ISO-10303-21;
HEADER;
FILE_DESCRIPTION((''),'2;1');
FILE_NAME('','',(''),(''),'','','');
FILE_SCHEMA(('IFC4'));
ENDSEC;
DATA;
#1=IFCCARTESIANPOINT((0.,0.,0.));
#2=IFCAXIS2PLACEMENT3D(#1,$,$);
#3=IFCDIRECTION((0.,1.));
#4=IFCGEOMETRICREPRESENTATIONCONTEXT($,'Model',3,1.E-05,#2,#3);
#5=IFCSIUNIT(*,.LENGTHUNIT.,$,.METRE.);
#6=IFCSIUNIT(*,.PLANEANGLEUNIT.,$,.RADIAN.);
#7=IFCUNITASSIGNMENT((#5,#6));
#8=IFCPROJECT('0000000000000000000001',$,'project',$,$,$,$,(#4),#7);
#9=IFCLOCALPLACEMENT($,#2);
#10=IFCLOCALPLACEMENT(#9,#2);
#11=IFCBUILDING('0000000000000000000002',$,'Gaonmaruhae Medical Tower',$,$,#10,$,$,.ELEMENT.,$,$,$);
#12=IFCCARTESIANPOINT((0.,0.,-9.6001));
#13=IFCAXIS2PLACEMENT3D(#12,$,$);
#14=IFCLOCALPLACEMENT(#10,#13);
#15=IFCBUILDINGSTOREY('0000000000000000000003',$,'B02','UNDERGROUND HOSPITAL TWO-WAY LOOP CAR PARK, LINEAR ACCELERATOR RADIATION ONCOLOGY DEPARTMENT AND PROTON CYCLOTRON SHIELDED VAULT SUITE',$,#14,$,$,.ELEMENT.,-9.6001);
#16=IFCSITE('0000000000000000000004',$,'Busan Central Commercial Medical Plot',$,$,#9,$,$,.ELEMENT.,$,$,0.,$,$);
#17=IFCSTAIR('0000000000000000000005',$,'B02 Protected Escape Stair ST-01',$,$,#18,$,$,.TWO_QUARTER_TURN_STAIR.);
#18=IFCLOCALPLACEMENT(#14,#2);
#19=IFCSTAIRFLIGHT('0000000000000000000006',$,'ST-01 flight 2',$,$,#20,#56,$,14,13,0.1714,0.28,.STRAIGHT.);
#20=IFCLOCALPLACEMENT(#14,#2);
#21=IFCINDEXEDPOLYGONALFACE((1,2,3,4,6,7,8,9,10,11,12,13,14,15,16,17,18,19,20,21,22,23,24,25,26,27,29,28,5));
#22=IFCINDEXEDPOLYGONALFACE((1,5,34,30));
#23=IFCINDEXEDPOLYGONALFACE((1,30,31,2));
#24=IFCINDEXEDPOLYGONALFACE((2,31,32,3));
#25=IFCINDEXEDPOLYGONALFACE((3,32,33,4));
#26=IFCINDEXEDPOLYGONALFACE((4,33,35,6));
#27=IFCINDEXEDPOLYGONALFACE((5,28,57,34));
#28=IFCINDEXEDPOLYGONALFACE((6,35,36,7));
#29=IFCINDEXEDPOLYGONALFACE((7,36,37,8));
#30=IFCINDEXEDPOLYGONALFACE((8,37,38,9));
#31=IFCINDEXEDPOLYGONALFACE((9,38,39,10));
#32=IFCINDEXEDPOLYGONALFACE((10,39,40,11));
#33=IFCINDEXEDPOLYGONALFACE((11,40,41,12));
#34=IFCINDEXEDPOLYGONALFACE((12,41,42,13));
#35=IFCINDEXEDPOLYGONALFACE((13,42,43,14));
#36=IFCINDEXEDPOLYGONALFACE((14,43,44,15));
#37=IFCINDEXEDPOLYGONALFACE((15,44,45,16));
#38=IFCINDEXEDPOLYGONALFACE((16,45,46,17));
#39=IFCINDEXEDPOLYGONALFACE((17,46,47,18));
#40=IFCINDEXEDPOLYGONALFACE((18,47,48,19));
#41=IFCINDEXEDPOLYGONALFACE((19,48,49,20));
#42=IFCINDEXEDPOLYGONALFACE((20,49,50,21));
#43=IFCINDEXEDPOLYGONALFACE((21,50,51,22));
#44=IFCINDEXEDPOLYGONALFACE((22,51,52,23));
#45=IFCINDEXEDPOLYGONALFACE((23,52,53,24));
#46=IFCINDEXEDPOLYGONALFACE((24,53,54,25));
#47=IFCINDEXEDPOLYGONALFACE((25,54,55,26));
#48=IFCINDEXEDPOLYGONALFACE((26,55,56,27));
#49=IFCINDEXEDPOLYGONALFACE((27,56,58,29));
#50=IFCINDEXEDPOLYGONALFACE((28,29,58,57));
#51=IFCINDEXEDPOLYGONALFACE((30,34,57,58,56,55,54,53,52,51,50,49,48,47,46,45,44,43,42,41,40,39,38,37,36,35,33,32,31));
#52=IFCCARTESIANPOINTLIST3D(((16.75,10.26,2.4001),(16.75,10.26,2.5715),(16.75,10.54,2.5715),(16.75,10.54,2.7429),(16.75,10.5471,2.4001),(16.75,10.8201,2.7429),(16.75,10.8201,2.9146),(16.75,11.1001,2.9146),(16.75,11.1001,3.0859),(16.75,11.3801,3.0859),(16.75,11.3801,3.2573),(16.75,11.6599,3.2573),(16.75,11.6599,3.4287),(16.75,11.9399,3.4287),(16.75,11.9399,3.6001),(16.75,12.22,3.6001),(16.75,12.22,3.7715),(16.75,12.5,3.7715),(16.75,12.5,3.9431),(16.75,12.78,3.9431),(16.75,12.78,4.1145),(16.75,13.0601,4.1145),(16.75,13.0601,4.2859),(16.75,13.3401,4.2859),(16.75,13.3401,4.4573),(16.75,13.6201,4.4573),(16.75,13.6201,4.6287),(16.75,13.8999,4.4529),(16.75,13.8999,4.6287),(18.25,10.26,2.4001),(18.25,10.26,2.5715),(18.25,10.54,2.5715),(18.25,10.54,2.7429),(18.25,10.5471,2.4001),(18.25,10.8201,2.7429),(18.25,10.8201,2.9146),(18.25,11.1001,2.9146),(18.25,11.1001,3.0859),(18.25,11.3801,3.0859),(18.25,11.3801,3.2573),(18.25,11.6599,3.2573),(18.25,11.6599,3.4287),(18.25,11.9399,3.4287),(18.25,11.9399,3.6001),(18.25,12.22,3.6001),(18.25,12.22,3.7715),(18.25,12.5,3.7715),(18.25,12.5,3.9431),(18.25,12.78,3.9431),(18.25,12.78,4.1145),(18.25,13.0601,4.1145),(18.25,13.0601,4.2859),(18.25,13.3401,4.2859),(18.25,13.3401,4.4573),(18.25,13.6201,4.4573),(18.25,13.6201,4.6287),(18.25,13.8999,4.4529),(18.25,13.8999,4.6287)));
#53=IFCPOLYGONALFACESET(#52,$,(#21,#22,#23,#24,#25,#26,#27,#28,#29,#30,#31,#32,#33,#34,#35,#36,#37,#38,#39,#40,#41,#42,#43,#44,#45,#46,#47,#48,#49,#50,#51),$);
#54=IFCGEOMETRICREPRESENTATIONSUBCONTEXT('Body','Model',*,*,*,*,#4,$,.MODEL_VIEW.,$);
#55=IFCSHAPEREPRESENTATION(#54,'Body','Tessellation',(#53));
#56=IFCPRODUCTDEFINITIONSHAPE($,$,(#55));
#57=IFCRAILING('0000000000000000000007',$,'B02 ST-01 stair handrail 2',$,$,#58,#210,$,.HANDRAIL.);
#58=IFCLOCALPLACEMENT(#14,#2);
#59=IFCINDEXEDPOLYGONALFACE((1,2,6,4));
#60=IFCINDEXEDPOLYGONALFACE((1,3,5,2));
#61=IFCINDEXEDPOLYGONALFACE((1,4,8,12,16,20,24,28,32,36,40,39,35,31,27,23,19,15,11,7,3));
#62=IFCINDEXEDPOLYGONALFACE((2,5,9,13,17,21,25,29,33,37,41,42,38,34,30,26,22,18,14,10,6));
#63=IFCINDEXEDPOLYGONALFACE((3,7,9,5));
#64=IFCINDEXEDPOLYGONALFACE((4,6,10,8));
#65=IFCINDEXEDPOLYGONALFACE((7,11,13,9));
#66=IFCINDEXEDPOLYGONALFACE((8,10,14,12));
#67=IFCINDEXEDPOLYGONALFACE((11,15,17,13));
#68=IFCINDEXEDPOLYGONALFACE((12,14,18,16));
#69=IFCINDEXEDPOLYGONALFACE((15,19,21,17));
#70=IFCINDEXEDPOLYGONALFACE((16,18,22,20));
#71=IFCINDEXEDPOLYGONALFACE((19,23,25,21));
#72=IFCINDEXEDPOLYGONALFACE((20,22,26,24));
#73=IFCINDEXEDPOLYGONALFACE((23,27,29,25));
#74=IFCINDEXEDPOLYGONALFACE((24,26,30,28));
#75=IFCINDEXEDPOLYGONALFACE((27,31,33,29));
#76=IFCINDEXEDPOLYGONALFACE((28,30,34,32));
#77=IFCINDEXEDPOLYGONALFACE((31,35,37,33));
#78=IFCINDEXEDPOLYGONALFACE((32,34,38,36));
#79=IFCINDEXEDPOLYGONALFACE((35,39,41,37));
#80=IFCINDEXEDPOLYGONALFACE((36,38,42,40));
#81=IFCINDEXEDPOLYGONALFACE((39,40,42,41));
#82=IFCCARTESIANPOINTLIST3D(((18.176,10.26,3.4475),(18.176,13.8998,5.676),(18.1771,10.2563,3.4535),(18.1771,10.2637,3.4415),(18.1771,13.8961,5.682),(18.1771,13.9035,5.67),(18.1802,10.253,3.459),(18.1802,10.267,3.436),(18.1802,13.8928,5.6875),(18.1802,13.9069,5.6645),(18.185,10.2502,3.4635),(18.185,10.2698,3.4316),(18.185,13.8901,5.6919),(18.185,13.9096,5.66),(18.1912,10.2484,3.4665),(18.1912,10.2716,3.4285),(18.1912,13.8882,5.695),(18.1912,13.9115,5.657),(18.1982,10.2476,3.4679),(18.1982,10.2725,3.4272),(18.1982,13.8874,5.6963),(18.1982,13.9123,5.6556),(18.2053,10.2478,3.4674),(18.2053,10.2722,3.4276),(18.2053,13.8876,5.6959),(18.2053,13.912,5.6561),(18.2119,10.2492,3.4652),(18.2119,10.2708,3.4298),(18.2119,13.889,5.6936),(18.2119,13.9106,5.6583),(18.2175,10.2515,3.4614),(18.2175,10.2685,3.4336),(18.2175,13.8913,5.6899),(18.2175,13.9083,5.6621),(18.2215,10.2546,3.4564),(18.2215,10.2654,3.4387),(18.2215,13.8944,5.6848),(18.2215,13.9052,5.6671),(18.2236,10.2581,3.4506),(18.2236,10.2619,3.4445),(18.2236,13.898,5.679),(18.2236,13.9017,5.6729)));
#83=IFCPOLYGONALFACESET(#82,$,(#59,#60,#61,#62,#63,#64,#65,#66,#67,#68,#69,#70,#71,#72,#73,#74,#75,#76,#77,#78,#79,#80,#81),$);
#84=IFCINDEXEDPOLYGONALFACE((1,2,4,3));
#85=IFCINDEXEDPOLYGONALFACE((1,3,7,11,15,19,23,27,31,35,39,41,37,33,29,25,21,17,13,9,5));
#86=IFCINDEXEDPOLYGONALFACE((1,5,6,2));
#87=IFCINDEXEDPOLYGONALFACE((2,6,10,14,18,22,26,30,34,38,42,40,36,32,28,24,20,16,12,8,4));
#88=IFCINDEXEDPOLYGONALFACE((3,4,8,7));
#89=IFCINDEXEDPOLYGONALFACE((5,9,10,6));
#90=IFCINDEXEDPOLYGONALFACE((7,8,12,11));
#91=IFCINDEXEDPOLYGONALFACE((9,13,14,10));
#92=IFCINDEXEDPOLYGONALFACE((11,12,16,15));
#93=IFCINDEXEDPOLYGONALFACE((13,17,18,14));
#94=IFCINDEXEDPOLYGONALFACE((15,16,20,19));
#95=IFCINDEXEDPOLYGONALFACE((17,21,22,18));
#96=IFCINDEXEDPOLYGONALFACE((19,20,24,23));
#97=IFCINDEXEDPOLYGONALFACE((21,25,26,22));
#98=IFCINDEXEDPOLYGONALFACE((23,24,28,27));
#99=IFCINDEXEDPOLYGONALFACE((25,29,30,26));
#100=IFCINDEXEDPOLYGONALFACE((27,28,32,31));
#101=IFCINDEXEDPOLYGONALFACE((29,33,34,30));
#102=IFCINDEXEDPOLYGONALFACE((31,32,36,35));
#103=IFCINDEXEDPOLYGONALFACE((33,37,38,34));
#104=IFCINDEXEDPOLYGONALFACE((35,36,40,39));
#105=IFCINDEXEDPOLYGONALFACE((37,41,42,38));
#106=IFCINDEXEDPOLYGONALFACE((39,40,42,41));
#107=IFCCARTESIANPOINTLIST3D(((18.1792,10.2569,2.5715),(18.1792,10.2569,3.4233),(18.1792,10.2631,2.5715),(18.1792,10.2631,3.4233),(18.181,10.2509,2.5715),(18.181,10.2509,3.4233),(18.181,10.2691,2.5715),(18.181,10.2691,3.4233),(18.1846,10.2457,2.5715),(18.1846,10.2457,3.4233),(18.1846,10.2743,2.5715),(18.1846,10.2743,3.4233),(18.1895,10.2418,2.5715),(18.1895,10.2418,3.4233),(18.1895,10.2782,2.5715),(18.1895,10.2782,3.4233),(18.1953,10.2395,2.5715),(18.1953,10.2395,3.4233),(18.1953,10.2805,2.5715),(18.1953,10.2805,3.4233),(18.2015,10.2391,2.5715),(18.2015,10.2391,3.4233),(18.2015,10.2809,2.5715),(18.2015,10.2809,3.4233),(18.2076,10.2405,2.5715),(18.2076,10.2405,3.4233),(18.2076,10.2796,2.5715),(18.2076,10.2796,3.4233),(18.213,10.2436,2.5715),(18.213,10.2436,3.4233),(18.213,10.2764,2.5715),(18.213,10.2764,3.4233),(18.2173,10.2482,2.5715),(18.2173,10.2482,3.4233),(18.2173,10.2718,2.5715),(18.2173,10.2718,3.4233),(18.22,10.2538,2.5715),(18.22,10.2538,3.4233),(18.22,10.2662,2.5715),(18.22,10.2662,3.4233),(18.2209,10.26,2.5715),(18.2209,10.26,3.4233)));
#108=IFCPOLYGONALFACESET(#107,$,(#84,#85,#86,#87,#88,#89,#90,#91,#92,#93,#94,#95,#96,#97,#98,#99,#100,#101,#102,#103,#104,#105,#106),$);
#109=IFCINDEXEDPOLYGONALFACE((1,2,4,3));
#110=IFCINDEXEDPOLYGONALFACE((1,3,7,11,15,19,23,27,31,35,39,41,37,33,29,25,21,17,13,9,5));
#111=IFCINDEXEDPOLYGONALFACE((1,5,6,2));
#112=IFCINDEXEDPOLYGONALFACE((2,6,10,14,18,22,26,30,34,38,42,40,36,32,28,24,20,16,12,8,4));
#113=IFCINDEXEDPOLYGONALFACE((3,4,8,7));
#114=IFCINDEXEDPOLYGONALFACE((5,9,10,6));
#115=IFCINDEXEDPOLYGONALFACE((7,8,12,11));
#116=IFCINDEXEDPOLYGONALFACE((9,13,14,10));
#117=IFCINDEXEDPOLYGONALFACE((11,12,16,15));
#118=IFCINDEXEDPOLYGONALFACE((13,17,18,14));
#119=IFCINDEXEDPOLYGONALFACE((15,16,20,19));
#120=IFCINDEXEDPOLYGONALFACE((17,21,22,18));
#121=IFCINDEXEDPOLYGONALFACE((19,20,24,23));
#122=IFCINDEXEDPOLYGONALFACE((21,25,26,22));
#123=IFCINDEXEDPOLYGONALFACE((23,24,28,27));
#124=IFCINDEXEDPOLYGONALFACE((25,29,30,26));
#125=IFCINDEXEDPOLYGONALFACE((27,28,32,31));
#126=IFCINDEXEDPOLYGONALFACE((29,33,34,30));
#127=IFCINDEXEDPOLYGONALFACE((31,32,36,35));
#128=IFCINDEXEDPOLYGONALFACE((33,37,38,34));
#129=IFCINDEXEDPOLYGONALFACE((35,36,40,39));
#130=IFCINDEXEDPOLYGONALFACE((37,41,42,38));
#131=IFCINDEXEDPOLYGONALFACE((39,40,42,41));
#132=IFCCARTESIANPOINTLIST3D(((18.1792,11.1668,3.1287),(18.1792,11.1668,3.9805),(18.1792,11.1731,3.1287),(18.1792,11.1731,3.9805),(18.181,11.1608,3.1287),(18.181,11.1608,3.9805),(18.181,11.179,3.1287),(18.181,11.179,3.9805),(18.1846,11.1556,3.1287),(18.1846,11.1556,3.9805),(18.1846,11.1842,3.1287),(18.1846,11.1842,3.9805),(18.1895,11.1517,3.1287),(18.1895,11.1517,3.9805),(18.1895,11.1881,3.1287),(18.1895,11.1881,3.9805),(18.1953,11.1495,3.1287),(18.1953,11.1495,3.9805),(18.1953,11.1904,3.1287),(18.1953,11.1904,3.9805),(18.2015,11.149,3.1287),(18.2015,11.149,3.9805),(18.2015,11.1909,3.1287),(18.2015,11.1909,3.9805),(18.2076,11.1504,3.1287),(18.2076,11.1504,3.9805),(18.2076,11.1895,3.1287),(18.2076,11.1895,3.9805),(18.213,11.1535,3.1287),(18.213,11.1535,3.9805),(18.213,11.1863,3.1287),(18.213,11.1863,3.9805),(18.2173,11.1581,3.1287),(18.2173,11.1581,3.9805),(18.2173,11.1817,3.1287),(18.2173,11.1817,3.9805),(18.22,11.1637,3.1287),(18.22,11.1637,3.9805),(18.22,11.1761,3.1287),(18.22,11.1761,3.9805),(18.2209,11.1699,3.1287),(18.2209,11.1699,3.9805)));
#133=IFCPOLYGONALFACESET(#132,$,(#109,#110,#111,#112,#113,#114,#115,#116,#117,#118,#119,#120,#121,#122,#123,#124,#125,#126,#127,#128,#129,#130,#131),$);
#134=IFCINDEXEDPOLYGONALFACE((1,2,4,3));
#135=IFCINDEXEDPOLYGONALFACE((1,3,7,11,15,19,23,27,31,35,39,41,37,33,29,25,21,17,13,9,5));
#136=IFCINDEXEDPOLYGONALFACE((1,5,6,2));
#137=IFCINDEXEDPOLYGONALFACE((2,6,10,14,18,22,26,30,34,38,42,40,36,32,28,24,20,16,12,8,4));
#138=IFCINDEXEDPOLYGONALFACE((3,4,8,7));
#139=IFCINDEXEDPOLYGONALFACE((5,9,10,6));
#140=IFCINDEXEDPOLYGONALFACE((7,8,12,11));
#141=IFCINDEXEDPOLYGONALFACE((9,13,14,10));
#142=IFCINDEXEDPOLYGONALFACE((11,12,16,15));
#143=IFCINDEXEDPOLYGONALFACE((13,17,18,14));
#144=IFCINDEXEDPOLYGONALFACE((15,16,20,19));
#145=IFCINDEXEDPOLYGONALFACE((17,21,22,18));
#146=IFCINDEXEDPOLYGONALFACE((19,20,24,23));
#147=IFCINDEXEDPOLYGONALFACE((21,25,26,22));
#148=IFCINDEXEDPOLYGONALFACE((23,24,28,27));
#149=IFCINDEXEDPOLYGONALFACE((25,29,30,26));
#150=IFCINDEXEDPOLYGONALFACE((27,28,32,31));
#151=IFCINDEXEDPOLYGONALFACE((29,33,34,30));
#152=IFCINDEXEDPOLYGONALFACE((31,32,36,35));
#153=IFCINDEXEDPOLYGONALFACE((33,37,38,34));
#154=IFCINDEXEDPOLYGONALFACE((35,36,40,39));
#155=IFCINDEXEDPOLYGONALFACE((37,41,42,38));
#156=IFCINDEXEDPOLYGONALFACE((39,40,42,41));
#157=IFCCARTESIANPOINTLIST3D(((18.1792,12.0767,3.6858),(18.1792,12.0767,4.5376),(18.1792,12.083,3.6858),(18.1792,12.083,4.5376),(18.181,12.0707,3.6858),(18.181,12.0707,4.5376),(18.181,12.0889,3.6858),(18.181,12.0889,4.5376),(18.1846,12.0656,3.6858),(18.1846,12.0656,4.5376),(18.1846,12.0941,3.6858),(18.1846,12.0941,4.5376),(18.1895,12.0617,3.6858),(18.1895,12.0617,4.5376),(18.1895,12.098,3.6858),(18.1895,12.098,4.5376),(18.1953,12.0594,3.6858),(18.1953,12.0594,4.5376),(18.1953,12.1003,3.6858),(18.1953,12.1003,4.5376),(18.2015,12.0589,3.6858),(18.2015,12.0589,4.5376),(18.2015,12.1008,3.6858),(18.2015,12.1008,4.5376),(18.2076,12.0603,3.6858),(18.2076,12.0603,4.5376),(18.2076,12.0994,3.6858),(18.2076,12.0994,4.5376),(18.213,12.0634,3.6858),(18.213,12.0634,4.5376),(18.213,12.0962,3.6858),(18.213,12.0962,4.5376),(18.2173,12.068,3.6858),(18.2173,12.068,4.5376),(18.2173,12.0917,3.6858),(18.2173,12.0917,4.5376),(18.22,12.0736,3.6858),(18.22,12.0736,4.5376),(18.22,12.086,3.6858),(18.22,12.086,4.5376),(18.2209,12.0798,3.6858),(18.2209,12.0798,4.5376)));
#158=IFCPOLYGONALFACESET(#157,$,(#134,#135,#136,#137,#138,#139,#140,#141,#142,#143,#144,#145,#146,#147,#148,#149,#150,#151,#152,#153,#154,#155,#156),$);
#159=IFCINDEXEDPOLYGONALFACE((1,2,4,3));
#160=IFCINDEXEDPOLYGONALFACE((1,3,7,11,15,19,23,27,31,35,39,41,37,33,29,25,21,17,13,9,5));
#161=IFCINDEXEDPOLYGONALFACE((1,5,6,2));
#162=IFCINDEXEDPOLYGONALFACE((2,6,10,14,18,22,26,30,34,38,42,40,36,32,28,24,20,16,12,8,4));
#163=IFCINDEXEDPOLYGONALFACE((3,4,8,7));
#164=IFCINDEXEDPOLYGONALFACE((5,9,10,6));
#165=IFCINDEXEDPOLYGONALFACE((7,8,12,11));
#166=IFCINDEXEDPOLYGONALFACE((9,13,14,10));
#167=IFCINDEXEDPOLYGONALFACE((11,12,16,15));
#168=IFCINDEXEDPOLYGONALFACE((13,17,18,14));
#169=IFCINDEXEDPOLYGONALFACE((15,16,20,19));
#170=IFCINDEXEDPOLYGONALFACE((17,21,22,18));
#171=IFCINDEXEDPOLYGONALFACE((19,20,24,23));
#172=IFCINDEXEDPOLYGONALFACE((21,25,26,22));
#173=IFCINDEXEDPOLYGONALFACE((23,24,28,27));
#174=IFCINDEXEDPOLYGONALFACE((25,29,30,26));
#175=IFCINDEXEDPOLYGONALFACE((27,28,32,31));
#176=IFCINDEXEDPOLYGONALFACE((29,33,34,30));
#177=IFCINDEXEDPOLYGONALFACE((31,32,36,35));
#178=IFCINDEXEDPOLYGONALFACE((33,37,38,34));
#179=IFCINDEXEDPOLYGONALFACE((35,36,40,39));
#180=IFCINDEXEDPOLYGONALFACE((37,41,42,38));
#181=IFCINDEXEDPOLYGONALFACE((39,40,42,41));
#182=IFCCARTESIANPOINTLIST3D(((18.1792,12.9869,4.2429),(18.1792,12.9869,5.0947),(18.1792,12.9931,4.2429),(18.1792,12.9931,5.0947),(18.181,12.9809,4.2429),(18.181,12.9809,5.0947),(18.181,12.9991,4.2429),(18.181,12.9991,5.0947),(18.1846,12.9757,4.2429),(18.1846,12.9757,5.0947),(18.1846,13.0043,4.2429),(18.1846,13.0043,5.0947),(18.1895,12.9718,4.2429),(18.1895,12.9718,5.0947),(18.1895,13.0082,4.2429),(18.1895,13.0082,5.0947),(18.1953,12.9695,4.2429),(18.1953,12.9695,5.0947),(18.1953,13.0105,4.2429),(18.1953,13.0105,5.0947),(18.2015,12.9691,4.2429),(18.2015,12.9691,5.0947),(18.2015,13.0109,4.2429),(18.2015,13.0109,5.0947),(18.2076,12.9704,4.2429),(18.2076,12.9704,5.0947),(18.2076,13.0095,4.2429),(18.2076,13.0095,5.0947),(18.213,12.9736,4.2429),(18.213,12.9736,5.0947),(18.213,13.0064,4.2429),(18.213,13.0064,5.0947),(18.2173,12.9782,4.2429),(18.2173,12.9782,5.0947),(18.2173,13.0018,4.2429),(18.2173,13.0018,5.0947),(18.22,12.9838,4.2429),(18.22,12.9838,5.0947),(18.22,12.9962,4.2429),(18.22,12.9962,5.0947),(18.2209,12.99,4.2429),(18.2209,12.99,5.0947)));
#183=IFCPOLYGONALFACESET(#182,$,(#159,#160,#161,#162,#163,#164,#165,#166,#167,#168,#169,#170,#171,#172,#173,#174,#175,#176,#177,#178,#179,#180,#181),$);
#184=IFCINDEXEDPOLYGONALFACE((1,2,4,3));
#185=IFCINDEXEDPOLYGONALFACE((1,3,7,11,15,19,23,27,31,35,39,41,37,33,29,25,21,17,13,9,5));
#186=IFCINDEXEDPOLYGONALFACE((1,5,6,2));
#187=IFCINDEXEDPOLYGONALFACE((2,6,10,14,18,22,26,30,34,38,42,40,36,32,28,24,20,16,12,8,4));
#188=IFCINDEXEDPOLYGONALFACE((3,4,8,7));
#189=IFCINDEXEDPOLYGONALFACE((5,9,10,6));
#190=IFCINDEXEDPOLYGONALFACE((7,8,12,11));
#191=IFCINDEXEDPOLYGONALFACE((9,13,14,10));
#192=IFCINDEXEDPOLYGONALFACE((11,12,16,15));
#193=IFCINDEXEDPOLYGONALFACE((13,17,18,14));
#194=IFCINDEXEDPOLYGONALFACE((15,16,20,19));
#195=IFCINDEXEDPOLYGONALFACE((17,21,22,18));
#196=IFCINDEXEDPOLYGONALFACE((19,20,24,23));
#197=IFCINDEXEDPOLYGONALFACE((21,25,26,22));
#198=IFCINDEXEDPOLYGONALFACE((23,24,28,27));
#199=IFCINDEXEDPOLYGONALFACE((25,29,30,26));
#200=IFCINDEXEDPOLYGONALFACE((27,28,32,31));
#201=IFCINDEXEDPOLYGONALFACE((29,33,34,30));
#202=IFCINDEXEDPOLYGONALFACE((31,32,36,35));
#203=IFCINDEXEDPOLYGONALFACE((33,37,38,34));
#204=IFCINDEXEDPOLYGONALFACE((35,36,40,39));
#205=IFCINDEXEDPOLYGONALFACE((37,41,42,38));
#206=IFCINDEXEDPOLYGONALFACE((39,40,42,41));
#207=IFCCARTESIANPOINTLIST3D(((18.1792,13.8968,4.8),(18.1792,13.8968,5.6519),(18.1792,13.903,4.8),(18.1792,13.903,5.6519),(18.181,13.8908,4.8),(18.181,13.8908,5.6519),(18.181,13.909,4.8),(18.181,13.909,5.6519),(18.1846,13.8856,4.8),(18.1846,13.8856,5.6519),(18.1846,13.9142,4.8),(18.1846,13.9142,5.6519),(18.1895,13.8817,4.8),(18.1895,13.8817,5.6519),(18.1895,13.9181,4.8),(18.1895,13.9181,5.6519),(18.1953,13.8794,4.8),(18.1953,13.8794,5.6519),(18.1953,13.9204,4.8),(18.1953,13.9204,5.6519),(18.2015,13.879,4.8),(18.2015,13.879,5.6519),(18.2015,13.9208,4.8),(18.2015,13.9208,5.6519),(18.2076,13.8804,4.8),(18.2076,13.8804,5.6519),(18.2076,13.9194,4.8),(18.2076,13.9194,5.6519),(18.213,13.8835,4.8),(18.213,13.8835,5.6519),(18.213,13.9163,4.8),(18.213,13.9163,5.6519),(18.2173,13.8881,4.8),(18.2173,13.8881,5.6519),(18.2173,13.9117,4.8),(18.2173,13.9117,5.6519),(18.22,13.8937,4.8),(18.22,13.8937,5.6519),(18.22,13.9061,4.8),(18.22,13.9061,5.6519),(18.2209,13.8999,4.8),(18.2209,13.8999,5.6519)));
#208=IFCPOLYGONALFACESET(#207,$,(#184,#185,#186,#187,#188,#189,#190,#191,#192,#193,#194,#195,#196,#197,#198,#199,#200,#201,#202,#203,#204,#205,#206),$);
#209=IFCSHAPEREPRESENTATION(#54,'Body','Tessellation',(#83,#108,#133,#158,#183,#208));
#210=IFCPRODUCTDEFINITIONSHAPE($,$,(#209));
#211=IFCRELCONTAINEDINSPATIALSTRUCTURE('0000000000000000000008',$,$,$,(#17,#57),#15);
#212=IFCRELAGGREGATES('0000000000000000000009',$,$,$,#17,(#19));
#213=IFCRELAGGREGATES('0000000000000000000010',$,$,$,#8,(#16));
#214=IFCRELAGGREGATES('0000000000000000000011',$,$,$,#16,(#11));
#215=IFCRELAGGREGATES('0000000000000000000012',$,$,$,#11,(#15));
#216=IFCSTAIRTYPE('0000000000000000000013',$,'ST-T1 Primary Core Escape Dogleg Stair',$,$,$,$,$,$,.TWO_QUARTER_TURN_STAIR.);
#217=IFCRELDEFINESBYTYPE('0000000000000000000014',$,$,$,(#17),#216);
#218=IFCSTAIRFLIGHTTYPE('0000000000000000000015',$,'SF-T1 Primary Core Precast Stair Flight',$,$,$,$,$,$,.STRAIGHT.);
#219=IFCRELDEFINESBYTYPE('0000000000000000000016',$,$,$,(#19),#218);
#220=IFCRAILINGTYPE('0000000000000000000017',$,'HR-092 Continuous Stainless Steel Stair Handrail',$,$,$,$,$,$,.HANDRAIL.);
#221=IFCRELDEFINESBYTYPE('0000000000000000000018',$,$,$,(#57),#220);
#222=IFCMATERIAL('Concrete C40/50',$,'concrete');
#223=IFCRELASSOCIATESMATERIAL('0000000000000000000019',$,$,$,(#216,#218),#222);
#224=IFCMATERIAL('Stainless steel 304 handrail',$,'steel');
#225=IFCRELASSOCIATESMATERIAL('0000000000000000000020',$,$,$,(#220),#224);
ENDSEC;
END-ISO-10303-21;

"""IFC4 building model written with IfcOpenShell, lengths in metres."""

from ifc_helpers import new_model, si_unit, direction, frame, origin, origin_2d, place, context, subcontext, project, spatial, polyline, circle, outline, extrude, material, type_object, element, aggregate, save


model = new_model("IFC4")

# Units and contexts
model_context = context("Model", 3, precision=1e-05, world=origin(), true_north=direction((0.0, 1.0)))
body_context = subcontext(model_context, "Body", "Model", "MODEL_VIEW")
ifc_project = project(units=[si_unit("LENGTHUNIT", "METRE"), si_unit("PLANEANGLEUNIT", "RADIAN")], contexts=[model_context])

# Site, building, storey
site_placement = place(None, origin())
site = spatial("IfcSite", under=ifc_project, at=site_placement, Name="Busan Central Commercial Medical Plot", CompositionType="ELEMENT", RefElevation=0.0)
building_placement = place(site_placement, origin())
building = spatial("IfcBuilding", under=site, at=building_placement, Name="Gaonmaruhae Medical Tower", CompositionType="ELEMENT")
storey_placement = place(building_placement, frame((0.0, 0.0, -9.6001)))
storey = spatial("IfcBuildingStorey", under=building, at=storey_placement, Name="B02", Description="UNDERGROUND HOSPITAL TWO-WAY LOOP CAR PARK, LINEAR ACCELERATOR RADIATION ONCOLOGY DEPARTMENT AND PROTON CYCLOTRON SHIELDED VAULT SUITE", CompositionType="ELEMENT", Elevation=-9.6001)

# Stair, stair flight
ifc_material_1 = material(Name="Concrete C40/50", Category="concrete")
stair_type = type_object("IfcStairType", Name="ST-T1 Primary Core Escape Dogleg Stair", PredefinedType="TWO_QUARTER_TURN_STAIR", material=ifc_material_1)
stair_placement = place(storey_placement, origin())
stair = element("IfcStair", 1, at=stair_placement, inside=storey, type_object=stair_type, Name="B02 Protected Escape Stair ST-01", PredefinedType="TWO_QUARTER_TURN_STAIR")
stair_flight_type = type_object("IfcStairFlightType", Name="SF-T1 Primary Core Precast Stair Flight", PredefinedType="STRAIGHT", material=ifc_material_1)
stair_flight_placement = place(storey_placement, frame((17.5, 10.26, 2.4001), z_axis=(0.0, 0.0, 1.0), x_axis=(0.0, 1.0, 0.0)))
stair_flight = element("IfcStairFlight", 2, at=stair_flight_placement, type_object=stair_flight_type, Name="ST-01 flight 2", NumberOfRisers=14, NumberOfTreads=13, PredefinedType="STRAIGHT", RiserHeight=0.1714, TreadLength=0.28, context=body_context, shape_type="SweptSolid", body=[
    extrude(outline(polyline([(0.0, 0.0), (0.0, 0.1714), (0.28, 0.1714), (0.28, 0.3428), (0.5601, 0.3428), (0.5601, 0.5144), (0.8401, 0.5144), (0.8401, 0.6858), (1.1201, 0.6858), (1.1201, 0.8572), (1.3999, 0.8572), (1.3999, 1.0286), (1.6799, 1.0286), (1.6799, 1.2), (1.96, 1.2), (1.96, 1.3713), (2.24, 1.3713), (2.24, 1.543), (2.52, 1.543), (2.52, 1.7144), (2.8, 1.7144), (2.8, 1.8857), (3.0801, 1.8857), (3.0801, 2.0571), (3.3601, 2.0571), (3.3601, 2.2285), (3.6399, 2.2285), (3.6399, 2.3999), (3.6399, 2.0527), (0.2871, 0.0), (0.0, 0.0)])), frame((0.0, 0.75, 0.0), z_axis=(0.0, -1.0, 0.0), x_axis=(1.0, 0.0, 0.0)), (0.0, 0.0, 1.0), 1.5),
])
aggregate(stair, [stair_flight])

# Railing
ifc_material_2 = material(Name="Stainless steel 304 handrail", Category="steel")
railing_type_1 = type_object("IfcRailingType", Name="HR-092 Continuous Stainless Steel Stair Handrail", PredefinedType="HANDRAIL", material=ifc_material_2)
railing_1_placement = place(storey_placement, frame((18.2, 10.26, 2.5715)))
element("IfcRailing", 3, at=railing_1_placement, inside=storey, type_object=railing_type_1, Name="B02 ST-01 stair handrail 2", PredefinedType="HANDRAIL", context=body_context, shape_type="SweptSolid", body=[
    extrude(circle(Radius=0.0239, at=origin_2d()), frame((0.0, 0.0, 0.876), z_axis=(0.0, 0.85285, 0.522156), x_axis=(-1.0, 0.0, 0.0)), (0.0, 0.0, 1.0), 4.2678),
    extrude(circle(Radius=0.021, at=origin_2d()), origin(), (0.0, 0.0, 1.0), 0.8518),
    extrude(circle(Radius=0.021, at=origin_2d()), frame((0.0, 0.9099, 0.5571)), (0.0, 0.0, 1.0), 0.8518),
    extrude(circle(Radius=0.021, at=origin_2d()), frame((0.0, 1.8198, 1.1143)), (0.0, 0.0, 1.0), 0.8518),
    extrude(circle(Radius=0.021, at=origin_2d()), frame((0.0, 2.73, 1.6714)), (0.0, 0.0, 1.0), 0.8518),
    extrude(circle(Radius=0.021, at=origin_2d()), frame((0.0, 3.6399, 2.2285)), (0.0, 0.0, 1.0), 0.8518),
])

save(model, "model.ifc")
